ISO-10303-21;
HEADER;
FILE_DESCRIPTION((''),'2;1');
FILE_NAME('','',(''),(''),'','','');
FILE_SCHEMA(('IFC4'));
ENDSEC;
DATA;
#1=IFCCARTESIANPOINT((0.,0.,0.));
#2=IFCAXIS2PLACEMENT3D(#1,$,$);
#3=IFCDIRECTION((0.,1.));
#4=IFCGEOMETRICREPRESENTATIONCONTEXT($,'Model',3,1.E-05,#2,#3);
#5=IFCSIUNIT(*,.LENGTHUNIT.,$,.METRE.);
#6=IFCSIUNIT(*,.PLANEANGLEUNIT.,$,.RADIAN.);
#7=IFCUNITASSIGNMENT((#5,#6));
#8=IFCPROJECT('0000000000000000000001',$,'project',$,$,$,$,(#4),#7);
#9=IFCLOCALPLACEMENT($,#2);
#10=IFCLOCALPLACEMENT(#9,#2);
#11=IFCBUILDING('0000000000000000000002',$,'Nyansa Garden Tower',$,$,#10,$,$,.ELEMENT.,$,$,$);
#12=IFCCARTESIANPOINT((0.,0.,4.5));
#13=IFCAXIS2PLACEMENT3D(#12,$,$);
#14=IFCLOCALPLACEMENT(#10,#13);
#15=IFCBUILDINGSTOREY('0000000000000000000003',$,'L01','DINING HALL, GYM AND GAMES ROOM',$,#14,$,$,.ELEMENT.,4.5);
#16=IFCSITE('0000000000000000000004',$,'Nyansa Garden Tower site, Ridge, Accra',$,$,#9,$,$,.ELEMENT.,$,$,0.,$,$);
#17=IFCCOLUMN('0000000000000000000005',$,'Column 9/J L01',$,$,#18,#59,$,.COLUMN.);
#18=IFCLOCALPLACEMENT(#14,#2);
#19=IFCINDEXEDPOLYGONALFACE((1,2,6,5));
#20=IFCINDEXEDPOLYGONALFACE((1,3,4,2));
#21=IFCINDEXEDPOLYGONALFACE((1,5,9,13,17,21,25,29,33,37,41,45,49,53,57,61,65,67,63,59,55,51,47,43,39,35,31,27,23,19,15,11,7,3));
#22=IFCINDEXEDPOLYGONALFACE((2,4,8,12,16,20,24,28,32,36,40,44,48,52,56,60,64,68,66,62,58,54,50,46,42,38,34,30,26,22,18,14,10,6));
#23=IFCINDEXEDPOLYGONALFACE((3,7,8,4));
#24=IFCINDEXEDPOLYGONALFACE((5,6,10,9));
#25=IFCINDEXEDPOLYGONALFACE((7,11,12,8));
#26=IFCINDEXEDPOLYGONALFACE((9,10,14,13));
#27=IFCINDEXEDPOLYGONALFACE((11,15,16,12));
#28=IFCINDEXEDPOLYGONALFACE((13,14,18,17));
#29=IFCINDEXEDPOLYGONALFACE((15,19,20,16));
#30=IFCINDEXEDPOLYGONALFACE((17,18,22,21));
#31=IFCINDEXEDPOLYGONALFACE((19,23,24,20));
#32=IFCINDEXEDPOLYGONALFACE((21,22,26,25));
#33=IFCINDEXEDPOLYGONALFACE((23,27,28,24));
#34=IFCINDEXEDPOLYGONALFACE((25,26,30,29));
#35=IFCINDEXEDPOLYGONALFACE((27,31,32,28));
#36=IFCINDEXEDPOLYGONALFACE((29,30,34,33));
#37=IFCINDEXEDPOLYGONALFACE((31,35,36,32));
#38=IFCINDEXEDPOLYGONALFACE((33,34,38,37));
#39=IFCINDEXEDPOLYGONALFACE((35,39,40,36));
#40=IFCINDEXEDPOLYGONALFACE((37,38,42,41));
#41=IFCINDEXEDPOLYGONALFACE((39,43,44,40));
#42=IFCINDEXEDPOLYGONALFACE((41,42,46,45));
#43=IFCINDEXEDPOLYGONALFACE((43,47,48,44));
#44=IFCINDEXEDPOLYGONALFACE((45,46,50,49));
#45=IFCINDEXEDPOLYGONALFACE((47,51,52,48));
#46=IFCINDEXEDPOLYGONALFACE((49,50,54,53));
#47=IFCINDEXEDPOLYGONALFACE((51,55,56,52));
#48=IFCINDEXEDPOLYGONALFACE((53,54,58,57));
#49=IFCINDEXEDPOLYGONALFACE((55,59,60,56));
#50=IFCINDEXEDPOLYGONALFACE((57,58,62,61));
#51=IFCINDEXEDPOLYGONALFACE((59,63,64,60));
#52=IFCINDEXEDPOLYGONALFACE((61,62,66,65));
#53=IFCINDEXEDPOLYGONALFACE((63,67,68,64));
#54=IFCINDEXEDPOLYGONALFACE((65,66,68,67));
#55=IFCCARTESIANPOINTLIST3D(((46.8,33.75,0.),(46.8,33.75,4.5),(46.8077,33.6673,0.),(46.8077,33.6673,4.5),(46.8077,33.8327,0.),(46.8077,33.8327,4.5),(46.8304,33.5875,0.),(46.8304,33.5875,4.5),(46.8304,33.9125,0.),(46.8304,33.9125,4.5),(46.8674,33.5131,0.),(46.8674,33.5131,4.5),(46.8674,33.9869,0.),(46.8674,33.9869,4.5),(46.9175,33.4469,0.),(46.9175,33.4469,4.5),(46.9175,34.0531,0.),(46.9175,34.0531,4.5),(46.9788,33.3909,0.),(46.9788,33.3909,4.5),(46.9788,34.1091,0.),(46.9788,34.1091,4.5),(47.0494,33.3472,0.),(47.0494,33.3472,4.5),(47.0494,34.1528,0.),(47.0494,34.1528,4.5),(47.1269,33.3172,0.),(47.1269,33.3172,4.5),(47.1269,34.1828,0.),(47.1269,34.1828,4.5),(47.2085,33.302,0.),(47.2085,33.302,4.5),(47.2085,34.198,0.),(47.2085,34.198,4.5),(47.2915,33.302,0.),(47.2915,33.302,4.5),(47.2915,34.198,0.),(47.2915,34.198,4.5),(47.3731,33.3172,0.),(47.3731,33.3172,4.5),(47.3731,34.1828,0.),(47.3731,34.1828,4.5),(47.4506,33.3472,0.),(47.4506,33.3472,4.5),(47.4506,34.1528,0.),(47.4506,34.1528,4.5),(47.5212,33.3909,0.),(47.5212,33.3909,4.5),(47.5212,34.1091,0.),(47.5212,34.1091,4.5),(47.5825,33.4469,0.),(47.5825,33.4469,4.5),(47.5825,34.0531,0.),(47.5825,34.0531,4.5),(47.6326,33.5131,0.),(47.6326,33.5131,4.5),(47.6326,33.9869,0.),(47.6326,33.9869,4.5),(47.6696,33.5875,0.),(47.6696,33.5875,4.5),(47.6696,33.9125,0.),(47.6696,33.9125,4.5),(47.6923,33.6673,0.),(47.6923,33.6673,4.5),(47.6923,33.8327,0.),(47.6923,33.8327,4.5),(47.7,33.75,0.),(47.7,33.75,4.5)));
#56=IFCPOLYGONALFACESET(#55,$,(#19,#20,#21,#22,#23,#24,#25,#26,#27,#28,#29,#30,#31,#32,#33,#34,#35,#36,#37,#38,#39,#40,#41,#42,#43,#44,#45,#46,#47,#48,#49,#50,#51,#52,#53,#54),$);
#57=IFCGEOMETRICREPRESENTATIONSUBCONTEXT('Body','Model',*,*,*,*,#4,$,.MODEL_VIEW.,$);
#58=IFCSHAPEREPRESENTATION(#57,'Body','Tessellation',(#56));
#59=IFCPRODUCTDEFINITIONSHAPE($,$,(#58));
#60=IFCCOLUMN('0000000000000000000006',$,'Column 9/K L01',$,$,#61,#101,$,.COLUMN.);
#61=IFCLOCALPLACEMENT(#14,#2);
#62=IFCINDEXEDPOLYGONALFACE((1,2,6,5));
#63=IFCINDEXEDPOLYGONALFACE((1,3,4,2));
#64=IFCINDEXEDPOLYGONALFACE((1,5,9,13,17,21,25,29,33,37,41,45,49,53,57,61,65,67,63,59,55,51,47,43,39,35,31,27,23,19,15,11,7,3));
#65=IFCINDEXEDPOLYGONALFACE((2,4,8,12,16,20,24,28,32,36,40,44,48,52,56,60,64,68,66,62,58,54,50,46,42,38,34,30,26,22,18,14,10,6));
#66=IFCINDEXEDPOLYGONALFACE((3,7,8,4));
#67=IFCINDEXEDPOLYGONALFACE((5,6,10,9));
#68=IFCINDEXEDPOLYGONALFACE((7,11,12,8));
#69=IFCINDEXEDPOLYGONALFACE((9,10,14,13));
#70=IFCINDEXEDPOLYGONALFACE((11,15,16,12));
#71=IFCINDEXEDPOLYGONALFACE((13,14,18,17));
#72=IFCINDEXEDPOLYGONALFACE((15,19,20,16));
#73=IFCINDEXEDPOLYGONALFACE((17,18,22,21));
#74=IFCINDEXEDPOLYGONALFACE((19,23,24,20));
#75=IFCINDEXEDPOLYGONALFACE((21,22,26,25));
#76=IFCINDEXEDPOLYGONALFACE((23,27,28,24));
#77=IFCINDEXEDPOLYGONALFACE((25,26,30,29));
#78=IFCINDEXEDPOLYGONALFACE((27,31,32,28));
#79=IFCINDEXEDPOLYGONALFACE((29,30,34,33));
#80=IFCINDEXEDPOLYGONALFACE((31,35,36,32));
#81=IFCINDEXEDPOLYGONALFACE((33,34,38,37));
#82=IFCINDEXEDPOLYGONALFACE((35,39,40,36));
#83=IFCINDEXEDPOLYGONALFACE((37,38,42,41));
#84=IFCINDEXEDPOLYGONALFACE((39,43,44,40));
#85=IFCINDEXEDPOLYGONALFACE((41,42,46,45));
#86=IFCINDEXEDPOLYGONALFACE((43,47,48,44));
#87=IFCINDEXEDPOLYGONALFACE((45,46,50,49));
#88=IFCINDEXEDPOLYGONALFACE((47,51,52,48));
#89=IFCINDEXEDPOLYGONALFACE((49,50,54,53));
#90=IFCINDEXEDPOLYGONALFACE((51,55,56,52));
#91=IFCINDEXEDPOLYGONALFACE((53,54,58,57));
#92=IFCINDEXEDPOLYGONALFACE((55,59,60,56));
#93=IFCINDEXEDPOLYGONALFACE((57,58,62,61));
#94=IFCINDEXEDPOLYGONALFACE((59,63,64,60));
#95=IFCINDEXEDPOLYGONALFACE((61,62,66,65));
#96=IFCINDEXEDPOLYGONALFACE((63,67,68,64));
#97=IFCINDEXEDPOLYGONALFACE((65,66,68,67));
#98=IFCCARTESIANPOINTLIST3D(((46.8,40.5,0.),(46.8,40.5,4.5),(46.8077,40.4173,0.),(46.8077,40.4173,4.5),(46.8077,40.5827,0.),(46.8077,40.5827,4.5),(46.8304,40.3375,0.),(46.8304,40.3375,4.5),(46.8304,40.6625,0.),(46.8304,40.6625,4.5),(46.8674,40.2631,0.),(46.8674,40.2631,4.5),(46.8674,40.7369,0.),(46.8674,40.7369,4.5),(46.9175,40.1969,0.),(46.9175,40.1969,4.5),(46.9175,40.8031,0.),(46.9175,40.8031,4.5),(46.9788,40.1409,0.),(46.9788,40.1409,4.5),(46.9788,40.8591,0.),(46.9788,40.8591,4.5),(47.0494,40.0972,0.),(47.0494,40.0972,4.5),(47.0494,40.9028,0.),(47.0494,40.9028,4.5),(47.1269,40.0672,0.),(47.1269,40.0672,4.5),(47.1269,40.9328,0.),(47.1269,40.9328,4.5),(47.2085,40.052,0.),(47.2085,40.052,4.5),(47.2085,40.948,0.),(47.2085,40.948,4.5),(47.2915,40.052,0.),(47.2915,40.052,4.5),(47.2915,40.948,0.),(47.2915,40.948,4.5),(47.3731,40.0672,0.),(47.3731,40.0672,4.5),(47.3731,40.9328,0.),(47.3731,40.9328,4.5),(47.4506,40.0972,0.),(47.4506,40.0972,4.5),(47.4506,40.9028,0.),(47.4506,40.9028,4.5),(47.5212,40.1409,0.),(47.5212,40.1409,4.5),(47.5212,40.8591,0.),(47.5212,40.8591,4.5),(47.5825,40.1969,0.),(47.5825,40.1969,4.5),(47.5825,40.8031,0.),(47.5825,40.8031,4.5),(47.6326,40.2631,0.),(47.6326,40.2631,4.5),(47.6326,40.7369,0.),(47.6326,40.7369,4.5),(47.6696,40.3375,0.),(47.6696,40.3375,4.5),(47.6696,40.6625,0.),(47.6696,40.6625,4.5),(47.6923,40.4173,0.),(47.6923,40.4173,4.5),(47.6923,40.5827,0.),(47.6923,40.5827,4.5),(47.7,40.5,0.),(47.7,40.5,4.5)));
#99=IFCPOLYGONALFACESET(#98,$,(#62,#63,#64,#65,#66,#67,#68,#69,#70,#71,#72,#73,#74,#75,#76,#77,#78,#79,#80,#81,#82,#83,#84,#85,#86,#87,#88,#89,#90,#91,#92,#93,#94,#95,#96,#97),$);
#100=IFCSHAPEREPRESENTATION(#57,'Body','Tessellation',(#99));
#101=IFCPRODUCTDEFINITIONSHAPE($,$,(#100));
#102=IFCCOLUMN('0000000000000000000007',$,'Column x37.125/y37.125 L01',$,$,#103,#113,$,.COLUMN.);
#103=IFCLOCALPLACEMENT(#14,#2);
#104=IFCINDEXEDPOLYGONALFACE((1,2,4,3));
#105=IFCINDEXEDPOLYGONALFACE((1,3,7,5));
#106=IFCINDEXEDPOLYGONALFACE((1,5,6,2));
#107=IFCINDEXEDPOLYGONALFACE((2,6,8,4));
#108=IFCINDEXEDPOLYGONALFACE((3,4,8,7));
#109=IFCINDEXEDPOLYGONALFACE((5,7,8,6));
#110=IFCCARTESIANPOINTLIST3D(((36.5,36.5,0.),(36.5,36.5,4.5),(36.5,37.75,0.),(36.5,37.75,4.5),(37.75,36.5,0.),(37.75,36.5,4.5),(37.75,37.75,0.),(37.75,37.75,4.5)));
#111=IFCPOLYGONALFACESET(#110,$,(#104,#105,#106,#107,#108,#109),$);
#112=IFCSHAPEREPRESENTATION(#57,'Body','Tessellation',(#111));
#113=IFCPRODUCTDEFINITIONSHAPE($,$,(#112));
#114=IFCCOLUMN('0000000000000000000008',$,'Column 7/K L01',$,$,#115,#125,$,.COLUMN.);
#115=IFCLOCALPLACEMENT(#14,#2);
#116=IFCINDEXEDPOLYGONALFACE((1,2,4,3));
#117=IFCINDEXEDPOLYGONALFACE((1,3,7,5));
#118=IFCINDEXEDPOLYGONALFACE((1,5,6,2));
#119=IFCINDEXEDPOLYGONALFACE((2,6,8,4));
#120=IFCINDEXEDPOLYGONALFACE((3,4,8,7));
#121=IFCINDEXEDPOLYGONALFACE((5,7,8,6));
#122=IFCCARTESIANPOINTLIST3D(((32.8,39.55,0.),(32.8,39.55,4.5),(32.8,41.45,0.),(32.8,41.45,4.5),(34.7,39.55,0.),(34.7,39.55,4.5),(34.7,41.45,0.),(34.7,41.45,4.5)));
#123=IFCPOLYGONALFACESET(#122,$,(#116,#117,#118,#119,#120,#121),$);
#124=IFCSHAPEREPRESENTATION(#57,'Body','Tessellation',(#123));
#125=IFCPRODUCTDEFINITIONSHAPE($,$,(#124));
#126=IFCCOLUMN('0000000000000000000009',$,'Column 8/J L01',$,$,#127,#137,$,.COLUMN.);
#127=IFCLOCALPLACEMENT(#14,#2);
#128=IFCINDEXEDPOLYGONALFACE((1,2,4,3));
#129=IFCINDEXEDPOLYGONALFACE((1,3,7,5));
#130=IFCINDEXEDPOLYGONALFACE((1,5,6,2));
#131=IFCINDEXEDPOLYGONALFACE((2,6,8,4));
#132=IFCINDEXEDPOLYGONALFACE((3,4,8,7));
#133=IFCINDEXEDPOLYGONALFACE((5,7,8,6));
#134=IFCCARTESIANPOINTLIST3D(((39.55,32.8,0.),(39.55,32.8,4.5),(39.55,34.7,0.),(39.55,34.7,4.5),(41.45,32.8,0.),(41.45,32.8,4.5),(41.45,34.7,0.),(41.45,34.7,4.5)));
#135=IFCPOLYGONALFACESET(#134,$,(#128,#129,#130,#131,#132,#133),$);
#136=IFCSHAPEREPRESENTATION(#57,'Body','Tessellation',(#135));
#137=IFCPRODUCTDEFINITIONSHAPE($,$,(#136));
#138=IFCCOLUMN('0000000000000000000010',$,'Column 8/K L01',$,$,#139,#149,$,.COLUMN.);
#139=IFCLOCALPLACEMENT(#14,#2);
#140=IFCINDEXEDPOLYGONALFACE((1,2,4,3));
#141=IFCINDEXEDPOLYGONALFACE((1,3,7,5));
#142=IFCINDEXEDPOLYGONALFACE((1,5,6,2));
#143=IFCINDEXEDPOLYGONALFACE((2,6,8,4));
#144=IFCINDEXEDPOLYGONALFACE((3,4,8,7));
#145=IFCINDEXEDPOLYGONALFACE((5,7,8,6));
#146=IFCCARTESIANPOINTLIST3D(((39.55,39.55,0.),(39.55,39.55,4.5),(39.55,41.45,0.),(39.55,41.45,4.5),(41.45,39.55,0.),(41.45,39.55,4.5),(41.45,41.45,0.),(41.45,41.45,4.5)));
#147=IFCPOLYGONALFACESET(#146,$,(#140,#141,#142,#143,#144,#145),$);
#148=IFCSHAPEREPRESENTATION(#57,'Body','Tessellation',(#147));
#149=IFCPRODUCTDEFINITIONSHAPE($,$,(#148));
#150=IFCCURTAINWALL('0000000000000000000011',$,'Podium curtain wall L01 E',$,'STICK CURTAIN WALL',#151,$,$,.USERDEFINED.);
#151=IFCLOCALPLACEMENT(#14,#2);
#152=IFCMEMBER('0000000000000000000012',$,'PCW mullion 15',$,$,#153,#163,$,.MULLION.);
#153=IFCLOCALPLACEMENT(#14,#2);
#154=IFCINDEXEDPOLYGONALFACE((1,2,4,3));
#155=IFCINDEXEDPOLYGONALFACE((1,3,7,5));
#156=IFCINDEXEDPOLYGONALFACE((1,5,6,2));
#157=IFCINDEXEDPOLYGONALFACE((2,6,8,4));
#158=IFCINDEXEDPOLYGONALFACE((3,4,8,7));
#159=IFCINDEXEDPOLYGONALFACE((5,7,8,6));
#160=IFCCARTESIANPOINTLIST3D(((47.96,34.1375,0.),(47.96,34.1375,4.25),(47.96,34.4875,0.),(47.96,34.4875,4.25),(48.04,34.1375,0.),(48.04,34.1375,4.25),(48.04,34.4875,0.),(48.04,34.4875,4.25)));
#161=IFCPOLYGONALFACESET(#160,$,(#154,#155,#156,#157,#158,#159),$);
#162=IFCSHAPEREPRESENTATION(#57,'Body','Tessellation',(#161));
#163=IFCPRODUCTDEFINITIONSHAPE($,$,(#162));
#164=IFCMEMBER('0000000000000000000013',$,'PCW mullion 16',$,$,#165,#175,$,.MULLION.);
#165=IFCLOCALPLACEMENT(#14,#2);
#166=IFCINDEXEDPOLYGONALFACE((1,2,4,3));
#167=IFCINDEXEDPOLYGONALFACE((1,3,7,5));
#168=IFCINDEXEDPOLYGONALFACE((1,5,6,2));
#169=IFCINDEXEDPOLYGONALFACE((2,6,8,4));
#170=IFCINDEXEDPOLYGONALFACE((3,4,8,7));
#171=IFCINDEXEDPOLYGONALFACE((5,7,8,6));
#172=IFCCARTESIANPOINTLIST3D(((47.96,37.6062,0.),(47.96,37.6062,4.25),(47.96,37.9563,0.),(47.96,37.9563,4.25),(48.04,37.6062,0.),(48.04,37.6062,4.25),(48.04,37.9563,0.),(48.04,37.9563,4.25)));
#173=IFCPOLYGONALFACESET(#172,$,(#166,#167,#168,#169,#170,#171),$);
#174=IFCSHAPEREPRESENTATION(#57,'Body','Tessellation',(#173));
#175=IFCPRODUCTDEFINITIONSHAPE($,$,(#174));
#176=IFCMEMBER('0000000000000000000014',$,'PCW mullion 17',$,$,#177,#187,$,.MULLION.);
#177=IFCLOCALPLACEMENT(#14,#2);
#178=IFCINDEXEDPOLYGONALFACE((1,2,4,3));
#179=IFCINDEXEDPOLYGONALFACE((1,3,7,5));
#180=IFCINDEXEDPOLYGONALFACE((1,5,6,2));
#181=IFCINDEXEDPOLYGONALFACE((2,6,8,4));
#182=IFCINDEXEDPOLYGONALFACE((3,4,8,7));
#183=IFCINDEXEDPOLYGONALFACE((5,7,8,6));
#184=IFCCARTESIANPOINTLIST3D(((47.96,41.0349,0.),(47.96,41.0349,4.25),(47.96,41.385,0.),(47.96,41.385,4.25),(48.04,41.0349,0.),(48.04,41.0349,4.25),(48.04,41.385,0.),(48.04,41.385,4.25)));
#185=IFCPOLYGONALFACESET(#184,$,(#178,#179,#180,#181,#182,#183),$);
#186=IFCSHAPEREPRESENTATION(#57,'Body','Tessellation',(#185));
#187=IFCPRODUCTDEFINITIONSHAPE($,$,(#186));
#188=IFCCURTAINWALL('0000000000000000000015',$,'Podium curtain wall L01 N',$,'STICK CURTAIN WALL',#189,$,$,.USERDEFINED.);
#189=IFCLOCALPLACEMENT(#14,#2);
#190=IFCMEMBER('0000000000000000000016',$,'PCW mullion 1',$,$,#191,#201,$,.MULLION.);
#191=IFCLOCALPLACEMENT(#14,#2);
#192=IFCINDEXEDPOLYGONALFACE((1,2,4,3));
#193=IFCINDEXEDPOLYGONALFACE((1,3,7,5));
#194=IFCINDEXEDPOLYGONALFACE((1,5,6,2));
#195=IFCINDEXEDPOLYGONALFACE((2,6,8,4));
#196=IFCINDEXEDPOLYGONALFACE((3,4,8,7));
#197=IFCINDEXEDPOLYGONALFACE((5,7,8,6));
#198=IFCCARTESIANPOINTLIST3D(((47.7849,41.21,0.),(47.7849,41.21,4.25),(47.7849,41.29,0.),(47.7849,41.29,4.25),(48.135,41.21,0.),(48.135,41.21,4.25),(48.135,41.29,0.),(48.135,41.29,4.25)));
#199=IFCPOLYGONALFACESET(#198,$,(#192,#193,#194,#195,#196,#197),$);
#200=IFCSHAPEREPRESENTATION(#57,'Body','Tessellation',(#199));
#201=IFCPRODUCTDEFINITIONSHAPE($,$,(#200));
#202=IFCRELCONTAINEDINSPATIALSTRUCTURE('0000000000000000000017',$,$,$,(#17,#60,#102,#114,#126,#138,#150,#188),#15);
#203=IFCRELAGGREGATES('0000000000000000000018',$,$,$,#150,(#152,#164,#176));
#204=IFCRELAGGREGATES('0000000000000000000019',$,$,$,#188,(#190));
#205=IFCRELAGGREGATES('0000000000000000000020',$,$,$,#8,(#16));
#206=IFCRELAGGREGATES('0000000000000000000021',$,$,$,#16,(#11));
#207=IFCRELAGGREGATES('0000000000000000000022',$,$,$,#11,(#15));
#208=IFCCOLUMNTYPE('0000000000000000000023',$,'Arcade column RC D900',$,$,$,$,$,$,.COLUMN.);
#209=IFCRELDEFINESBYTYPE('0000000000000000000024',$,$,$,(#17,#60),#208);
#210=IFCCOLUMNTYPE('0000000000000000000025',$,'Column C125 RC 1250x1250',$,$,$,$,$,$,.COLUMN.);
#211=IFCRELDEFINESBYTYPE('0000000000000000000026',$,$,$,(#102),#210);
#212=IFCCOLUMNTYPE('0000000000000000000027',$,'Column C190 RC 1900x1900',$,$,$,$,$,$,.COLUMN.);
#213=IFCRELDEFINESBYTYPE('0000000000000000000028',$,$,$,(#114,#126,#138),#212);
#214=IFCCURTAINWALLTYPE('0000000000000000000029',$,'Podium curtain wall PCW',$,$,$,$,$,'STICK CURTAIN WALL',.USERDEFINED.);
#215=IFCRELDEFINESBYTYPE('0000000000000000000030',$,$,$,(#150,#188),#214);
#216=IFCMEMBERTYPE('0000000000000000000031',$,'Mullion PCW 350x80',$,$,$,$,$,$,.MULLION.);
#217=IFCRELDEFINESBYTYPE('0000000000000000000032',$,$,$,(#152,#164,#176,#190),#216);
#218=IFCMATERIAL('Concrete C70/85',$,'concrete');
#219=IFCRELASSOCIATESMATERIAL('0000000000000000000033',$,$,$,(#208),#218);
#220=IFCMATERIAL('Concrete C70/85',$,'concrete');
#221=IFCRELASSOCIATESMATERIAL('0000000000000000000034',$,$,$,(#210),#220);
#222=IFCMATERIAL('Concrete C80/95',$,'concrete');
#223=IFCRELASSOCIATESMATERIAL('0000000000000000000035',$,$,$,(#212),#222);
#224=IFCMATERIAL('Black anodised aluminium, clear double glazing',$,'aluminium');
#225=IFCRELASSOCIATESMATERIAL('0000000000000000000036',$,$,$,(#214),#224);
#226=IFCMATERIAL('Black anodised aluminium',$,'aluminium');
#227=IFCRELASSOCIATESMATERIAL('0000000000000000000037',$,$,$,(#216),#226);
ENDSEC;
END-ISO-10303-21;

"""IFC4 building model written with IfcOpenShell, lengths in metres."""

from ifc_helpers import new_model, si_unit, direction, frame, origin, origin_2d, place, context, subcontext, project, spatial, rectangle, circle, extrude, material, material_profile, profile_set, type_object, element, aggregate, save


model = new_model("IFC4")

# Units and contexts
model_context = context("Model", 3, precision=1e-05, world=origin(), true_north=direction((0.0, 1.0)))
body_context = subcontext(model_context, "Body", "Model", "MODEL_VIEW")
ifc_project = project(units=[si_unit("LENGTHUNIT", "METRE"), si_unit("PLANEANGLEUNIT", "RADIAN")], contexts=[model_context])

# Site, building, storey
site_placement = place(None, origin())
site = spatial("IfcSite", under=ifc_project, at=site_placement, Name="Nyansa Garden Tower site, Ridge, Accra", CompositionType="ELEMENT", RefElevation=0.0)
building_placement = place(site_placement, origin())
building = spatial("IfcBuilding", under=site, at=building_placement, Name="Nyansa Garden Tower", CompositionType="ELEMENT")
storey_placement = place(building_placement, frame((0.0, 0.0, 4.5)))
storey = spatial("IfcBuildingStorey", under=building, at=storey_placement, Name="L01", Description="DINING HALL, GYM AND GAMES ROOM", CompositionType="ELEMENT", Elevation=4.5)

# Columns
ifc_material_1 = material(Name="Concrete C70/85", Category="concrete")
ifc_material_profile_1 = material_profile(ifc_material_1, circle(Radius=0.45, at=origin_2d()), Name="RC D900")
ifc_profile_set_1 = profile_set([ifc_material_profile_1], Name="Concrete C70/85")
column_type_1 = type_object("IfcColumnType", Name="Arcade column RC D900", PredefinedType="COLUMN", material=ifc_profile_set_1)
for number, where, z_axis, x_axis, name in (
    (1, (47.25, 33.75, 0.0), (0.0, 0.0, 1.0), (1.0, 0.0, 0.0), "Column 9/J L01"),
    (2, (47.25, 40.5, 0.0), (0.0, 0.0, 1.0), (1.0, 0.0, 0.0), "Column 9/K L01"),
):
    element("IfcColumn", number, at=place(storey_placement, frame(where, z_axis=z_axis, x_axis=x_axis)), inside=storey, type_object=column_type_1, Name=name, PredefinedType="COLUMN", context=body_context, shape_type="SweptSolid", body=[
        extrude(circle(Radius=0.45, at=origin_2d()), origin(), (0.0, 0.0, 1.0), 4.5),
    ])
ifc_material_2 = material(Name="Concrete C70/85", Category="concrete")
ifc_material_profile_2 = material_profile(ifc_material_2, rectangle(XDim=1.25, YDim=1.25, at=origin_2d()), Name="RC 1250x1250")
ifc_profile_set_2 = profile_set([ifc_material_profile_2], Name="Concrete C70/85")
column_type_2 = type_object("IfcColumnType", Name="Column C125 RC 1250x1250", PredefinedType="COLUMN", material=ifc_profile_set_2)
column_placement = place(storey_placement, frame((37.125, 37.125, 0.0), z_axis=(0.0, 0.0, 1.0), x_axis=(1.0, 0.0, 0.0)))
element("IfcColumn", 3, at=column_placement, inside=storey, type_object=column_type_2, Name="Column x37.125/y37.125 L01", PredefinedType="COLUMN", context=body_context, shape_type="SweptSolid", body=[
    extrude(rectangle(XDim=1.25, YDim=1.25, at=origin_2d()), origin(), (0.0, 0.0, 1.0), 4.5),
])
ifc_material_3 = material(Name="Concrete C80/95", Category="concrete")
ifc_material_profile_3 = material_profile(ifc_material_3, rectangle(XDim=1.8999, YDim=1.8999, at=origin_2d()), Name="RC 1900x1900")
ifc_profile_set_3 = profile_set([ifc_material_profile_3], Name="Concrete C80/95")
column_type_3 = type_object("IfcColumnType", Name="Column C190 RC 1900x1900", PredefinedType="COLUMN", material=ifc_profile_set_3)
for number, where, z_axis, x_axis, name in (
    (4, (33.75, 40.5, 0.0), (0.0, 0.0, 1.0), (1.0, 0.0, 0.0), "Column 7/K L01"),
    (5, (40.5, 33.75, 0.0), (0.0, 0.0, 1.0), (1.0, 0.0, 0.0), "Column 8/J L01"),
    (6, (40.5, 40.5, 0.0), (0.0, 0.0, 1.0), (1.0, 0.0, 0.0), "Column 8/K L01"),
):
    element("IfcColumn", number, at=place(storey_placement, frame(where, z_axis=z_axis, x_axis=x_axis)), inside=storey, type_object=column_type_3, Name=name, PredefinedType="COLUMN", context=body_context, shape_type="SweptSolid", body=[
        extrude(rectangle(XDim=1.8999, YDim=1.8999, at=origin_2d()), origin(), (0.0, 0.0, 1.0), 4.5),
    ])

# Curtain walls, members
ifc_material_4 = material(Name="Black anodised aluminium, clear double glazing", Category="aluminium")
curtain_wall_type = type_object("IfcCurtainWallType", Name="Podium curtain wall PCW", ElementType="STICK CURTAIN WALL", PredefinedType="USERDEFINED", material=ifc_material_4)
curtain_wall_1_placement = place(storey_placement, origin())
curtain_wall_1 = element("IfcCurtainWall", 7, at=curtain_wall_1_placement, inside=storey, type_object=curtain_wall_type, Name="Podium curtain wall L01 E", ObjectType="STICK CURTAIN WALL", PredefinedType="USERDEFINED")
ifc_material_5 = material(Name="Black anodised aluminium", Category="aluminium")
ifc_material_profile_4 = material_profile(ifc_material_5, rectangle(XDim=0.0801, YDim=0.3501, at=origin_2d()), Name="Mullion 350x80")
ifc_profile_set_4 = profile_set([ifc_material_profile_4], Name="Black anodised aluminium")
member_type_1 = type_object("IfcMemberType", Name="Mullion PCW 350x80", PredefinedType="MULLION", material=ifc_profile_set_4)
member_1_placement = place(storey_placement, frame((48.0, 34.3125, 0.0), z_axis=(0.0, 0.0, 1.0), x_axis=(-1.0, 0.0, 0.0)))
member_1 = element("IfcMember", 8, at=member_1_placement, type_object=member_type_1, Name="PCW mullion 15", PredefinedType="MULLION", context=body_context, shape_type="SweptSolid", body=[
    extrude(rectangle(XDim=0.0801, YDim=0.3501, at=origin_2d()), origin(), (0.0, 0.0, 1.0), 4.25),
])
member_2_placement = place(storey_placement, frame((48.0, 37.7812, 0.0), z_axis=(0.0, 0.0, 1.0), x_axis=(-1.0, 0.0, 0.0)))
member_2 = element("IfcMember", 9, at=member_2_placement, type_object=member_type_1, Name="PCW mullion 16", PredefinedType="MULLION", context=body_context, shape_type="SweptSolid", body=[
    extrude(rectangle(XDim=0.0801, YDim=0.3501, at=origin_2d()), origin(), (0.0, 0.0, 1.0), 4.25),
])
member_3_placement = place(storey_placement, frame((48.0, 41.21, 0.0), z_axis=(0.0, 0.0, 1.0), x_axis=(-1.0, 0.0, 0.0)))
member_3 = element("IfcMember", 10, at=member_3_placement, type_object=member_type_1, Name="PCW mullion 17", PredefinedType="MULLION", context=body_context, shape_type="SweptSolid", body=[
    extrude(rectangle(XDim=0.0801, YDim=0.3501, at=origin_2d()), origin(), (0.0, 0.0, 1.0), 4.25),
])
curtain_wall_2_placement = place(storey_placement, origin())
curtain_wall_2 = element("IfcCurtainWall", 11, at=curtain_wall_2_placement, inside=storey, type_object=curtain_wall_type, Name="Podium curtain wall L01 N", ObjectType="STICK CURTAIN WALL", PredefinedType="USERDEFINED")
member_4_placement = place(storey_placement, frame((47.96, 41.25, 0.0), z_axis=(0.0, 0.0, 1.0), x_axis=(0.0, -1.0, 0.0)))
member_4 = element("IfcMember", 12, at=member_4_placement, type_object=member_type_1, Name="PCW mullion 1", PredefinedType="MULLION", context=body_context, shape_type="SweptSolid", body=[
    extrude(rectangle(XDim=0.0801, YDim=0.3501, at=origin_2d()), origin(), (0.0, 0.0, 1.0), 4.25),
])

aggregate(curtain_wall_1, [member_1, member_2, member_3])
aggregate(curtain_wall_2, [member_4])

save(model, "model.ifc")
